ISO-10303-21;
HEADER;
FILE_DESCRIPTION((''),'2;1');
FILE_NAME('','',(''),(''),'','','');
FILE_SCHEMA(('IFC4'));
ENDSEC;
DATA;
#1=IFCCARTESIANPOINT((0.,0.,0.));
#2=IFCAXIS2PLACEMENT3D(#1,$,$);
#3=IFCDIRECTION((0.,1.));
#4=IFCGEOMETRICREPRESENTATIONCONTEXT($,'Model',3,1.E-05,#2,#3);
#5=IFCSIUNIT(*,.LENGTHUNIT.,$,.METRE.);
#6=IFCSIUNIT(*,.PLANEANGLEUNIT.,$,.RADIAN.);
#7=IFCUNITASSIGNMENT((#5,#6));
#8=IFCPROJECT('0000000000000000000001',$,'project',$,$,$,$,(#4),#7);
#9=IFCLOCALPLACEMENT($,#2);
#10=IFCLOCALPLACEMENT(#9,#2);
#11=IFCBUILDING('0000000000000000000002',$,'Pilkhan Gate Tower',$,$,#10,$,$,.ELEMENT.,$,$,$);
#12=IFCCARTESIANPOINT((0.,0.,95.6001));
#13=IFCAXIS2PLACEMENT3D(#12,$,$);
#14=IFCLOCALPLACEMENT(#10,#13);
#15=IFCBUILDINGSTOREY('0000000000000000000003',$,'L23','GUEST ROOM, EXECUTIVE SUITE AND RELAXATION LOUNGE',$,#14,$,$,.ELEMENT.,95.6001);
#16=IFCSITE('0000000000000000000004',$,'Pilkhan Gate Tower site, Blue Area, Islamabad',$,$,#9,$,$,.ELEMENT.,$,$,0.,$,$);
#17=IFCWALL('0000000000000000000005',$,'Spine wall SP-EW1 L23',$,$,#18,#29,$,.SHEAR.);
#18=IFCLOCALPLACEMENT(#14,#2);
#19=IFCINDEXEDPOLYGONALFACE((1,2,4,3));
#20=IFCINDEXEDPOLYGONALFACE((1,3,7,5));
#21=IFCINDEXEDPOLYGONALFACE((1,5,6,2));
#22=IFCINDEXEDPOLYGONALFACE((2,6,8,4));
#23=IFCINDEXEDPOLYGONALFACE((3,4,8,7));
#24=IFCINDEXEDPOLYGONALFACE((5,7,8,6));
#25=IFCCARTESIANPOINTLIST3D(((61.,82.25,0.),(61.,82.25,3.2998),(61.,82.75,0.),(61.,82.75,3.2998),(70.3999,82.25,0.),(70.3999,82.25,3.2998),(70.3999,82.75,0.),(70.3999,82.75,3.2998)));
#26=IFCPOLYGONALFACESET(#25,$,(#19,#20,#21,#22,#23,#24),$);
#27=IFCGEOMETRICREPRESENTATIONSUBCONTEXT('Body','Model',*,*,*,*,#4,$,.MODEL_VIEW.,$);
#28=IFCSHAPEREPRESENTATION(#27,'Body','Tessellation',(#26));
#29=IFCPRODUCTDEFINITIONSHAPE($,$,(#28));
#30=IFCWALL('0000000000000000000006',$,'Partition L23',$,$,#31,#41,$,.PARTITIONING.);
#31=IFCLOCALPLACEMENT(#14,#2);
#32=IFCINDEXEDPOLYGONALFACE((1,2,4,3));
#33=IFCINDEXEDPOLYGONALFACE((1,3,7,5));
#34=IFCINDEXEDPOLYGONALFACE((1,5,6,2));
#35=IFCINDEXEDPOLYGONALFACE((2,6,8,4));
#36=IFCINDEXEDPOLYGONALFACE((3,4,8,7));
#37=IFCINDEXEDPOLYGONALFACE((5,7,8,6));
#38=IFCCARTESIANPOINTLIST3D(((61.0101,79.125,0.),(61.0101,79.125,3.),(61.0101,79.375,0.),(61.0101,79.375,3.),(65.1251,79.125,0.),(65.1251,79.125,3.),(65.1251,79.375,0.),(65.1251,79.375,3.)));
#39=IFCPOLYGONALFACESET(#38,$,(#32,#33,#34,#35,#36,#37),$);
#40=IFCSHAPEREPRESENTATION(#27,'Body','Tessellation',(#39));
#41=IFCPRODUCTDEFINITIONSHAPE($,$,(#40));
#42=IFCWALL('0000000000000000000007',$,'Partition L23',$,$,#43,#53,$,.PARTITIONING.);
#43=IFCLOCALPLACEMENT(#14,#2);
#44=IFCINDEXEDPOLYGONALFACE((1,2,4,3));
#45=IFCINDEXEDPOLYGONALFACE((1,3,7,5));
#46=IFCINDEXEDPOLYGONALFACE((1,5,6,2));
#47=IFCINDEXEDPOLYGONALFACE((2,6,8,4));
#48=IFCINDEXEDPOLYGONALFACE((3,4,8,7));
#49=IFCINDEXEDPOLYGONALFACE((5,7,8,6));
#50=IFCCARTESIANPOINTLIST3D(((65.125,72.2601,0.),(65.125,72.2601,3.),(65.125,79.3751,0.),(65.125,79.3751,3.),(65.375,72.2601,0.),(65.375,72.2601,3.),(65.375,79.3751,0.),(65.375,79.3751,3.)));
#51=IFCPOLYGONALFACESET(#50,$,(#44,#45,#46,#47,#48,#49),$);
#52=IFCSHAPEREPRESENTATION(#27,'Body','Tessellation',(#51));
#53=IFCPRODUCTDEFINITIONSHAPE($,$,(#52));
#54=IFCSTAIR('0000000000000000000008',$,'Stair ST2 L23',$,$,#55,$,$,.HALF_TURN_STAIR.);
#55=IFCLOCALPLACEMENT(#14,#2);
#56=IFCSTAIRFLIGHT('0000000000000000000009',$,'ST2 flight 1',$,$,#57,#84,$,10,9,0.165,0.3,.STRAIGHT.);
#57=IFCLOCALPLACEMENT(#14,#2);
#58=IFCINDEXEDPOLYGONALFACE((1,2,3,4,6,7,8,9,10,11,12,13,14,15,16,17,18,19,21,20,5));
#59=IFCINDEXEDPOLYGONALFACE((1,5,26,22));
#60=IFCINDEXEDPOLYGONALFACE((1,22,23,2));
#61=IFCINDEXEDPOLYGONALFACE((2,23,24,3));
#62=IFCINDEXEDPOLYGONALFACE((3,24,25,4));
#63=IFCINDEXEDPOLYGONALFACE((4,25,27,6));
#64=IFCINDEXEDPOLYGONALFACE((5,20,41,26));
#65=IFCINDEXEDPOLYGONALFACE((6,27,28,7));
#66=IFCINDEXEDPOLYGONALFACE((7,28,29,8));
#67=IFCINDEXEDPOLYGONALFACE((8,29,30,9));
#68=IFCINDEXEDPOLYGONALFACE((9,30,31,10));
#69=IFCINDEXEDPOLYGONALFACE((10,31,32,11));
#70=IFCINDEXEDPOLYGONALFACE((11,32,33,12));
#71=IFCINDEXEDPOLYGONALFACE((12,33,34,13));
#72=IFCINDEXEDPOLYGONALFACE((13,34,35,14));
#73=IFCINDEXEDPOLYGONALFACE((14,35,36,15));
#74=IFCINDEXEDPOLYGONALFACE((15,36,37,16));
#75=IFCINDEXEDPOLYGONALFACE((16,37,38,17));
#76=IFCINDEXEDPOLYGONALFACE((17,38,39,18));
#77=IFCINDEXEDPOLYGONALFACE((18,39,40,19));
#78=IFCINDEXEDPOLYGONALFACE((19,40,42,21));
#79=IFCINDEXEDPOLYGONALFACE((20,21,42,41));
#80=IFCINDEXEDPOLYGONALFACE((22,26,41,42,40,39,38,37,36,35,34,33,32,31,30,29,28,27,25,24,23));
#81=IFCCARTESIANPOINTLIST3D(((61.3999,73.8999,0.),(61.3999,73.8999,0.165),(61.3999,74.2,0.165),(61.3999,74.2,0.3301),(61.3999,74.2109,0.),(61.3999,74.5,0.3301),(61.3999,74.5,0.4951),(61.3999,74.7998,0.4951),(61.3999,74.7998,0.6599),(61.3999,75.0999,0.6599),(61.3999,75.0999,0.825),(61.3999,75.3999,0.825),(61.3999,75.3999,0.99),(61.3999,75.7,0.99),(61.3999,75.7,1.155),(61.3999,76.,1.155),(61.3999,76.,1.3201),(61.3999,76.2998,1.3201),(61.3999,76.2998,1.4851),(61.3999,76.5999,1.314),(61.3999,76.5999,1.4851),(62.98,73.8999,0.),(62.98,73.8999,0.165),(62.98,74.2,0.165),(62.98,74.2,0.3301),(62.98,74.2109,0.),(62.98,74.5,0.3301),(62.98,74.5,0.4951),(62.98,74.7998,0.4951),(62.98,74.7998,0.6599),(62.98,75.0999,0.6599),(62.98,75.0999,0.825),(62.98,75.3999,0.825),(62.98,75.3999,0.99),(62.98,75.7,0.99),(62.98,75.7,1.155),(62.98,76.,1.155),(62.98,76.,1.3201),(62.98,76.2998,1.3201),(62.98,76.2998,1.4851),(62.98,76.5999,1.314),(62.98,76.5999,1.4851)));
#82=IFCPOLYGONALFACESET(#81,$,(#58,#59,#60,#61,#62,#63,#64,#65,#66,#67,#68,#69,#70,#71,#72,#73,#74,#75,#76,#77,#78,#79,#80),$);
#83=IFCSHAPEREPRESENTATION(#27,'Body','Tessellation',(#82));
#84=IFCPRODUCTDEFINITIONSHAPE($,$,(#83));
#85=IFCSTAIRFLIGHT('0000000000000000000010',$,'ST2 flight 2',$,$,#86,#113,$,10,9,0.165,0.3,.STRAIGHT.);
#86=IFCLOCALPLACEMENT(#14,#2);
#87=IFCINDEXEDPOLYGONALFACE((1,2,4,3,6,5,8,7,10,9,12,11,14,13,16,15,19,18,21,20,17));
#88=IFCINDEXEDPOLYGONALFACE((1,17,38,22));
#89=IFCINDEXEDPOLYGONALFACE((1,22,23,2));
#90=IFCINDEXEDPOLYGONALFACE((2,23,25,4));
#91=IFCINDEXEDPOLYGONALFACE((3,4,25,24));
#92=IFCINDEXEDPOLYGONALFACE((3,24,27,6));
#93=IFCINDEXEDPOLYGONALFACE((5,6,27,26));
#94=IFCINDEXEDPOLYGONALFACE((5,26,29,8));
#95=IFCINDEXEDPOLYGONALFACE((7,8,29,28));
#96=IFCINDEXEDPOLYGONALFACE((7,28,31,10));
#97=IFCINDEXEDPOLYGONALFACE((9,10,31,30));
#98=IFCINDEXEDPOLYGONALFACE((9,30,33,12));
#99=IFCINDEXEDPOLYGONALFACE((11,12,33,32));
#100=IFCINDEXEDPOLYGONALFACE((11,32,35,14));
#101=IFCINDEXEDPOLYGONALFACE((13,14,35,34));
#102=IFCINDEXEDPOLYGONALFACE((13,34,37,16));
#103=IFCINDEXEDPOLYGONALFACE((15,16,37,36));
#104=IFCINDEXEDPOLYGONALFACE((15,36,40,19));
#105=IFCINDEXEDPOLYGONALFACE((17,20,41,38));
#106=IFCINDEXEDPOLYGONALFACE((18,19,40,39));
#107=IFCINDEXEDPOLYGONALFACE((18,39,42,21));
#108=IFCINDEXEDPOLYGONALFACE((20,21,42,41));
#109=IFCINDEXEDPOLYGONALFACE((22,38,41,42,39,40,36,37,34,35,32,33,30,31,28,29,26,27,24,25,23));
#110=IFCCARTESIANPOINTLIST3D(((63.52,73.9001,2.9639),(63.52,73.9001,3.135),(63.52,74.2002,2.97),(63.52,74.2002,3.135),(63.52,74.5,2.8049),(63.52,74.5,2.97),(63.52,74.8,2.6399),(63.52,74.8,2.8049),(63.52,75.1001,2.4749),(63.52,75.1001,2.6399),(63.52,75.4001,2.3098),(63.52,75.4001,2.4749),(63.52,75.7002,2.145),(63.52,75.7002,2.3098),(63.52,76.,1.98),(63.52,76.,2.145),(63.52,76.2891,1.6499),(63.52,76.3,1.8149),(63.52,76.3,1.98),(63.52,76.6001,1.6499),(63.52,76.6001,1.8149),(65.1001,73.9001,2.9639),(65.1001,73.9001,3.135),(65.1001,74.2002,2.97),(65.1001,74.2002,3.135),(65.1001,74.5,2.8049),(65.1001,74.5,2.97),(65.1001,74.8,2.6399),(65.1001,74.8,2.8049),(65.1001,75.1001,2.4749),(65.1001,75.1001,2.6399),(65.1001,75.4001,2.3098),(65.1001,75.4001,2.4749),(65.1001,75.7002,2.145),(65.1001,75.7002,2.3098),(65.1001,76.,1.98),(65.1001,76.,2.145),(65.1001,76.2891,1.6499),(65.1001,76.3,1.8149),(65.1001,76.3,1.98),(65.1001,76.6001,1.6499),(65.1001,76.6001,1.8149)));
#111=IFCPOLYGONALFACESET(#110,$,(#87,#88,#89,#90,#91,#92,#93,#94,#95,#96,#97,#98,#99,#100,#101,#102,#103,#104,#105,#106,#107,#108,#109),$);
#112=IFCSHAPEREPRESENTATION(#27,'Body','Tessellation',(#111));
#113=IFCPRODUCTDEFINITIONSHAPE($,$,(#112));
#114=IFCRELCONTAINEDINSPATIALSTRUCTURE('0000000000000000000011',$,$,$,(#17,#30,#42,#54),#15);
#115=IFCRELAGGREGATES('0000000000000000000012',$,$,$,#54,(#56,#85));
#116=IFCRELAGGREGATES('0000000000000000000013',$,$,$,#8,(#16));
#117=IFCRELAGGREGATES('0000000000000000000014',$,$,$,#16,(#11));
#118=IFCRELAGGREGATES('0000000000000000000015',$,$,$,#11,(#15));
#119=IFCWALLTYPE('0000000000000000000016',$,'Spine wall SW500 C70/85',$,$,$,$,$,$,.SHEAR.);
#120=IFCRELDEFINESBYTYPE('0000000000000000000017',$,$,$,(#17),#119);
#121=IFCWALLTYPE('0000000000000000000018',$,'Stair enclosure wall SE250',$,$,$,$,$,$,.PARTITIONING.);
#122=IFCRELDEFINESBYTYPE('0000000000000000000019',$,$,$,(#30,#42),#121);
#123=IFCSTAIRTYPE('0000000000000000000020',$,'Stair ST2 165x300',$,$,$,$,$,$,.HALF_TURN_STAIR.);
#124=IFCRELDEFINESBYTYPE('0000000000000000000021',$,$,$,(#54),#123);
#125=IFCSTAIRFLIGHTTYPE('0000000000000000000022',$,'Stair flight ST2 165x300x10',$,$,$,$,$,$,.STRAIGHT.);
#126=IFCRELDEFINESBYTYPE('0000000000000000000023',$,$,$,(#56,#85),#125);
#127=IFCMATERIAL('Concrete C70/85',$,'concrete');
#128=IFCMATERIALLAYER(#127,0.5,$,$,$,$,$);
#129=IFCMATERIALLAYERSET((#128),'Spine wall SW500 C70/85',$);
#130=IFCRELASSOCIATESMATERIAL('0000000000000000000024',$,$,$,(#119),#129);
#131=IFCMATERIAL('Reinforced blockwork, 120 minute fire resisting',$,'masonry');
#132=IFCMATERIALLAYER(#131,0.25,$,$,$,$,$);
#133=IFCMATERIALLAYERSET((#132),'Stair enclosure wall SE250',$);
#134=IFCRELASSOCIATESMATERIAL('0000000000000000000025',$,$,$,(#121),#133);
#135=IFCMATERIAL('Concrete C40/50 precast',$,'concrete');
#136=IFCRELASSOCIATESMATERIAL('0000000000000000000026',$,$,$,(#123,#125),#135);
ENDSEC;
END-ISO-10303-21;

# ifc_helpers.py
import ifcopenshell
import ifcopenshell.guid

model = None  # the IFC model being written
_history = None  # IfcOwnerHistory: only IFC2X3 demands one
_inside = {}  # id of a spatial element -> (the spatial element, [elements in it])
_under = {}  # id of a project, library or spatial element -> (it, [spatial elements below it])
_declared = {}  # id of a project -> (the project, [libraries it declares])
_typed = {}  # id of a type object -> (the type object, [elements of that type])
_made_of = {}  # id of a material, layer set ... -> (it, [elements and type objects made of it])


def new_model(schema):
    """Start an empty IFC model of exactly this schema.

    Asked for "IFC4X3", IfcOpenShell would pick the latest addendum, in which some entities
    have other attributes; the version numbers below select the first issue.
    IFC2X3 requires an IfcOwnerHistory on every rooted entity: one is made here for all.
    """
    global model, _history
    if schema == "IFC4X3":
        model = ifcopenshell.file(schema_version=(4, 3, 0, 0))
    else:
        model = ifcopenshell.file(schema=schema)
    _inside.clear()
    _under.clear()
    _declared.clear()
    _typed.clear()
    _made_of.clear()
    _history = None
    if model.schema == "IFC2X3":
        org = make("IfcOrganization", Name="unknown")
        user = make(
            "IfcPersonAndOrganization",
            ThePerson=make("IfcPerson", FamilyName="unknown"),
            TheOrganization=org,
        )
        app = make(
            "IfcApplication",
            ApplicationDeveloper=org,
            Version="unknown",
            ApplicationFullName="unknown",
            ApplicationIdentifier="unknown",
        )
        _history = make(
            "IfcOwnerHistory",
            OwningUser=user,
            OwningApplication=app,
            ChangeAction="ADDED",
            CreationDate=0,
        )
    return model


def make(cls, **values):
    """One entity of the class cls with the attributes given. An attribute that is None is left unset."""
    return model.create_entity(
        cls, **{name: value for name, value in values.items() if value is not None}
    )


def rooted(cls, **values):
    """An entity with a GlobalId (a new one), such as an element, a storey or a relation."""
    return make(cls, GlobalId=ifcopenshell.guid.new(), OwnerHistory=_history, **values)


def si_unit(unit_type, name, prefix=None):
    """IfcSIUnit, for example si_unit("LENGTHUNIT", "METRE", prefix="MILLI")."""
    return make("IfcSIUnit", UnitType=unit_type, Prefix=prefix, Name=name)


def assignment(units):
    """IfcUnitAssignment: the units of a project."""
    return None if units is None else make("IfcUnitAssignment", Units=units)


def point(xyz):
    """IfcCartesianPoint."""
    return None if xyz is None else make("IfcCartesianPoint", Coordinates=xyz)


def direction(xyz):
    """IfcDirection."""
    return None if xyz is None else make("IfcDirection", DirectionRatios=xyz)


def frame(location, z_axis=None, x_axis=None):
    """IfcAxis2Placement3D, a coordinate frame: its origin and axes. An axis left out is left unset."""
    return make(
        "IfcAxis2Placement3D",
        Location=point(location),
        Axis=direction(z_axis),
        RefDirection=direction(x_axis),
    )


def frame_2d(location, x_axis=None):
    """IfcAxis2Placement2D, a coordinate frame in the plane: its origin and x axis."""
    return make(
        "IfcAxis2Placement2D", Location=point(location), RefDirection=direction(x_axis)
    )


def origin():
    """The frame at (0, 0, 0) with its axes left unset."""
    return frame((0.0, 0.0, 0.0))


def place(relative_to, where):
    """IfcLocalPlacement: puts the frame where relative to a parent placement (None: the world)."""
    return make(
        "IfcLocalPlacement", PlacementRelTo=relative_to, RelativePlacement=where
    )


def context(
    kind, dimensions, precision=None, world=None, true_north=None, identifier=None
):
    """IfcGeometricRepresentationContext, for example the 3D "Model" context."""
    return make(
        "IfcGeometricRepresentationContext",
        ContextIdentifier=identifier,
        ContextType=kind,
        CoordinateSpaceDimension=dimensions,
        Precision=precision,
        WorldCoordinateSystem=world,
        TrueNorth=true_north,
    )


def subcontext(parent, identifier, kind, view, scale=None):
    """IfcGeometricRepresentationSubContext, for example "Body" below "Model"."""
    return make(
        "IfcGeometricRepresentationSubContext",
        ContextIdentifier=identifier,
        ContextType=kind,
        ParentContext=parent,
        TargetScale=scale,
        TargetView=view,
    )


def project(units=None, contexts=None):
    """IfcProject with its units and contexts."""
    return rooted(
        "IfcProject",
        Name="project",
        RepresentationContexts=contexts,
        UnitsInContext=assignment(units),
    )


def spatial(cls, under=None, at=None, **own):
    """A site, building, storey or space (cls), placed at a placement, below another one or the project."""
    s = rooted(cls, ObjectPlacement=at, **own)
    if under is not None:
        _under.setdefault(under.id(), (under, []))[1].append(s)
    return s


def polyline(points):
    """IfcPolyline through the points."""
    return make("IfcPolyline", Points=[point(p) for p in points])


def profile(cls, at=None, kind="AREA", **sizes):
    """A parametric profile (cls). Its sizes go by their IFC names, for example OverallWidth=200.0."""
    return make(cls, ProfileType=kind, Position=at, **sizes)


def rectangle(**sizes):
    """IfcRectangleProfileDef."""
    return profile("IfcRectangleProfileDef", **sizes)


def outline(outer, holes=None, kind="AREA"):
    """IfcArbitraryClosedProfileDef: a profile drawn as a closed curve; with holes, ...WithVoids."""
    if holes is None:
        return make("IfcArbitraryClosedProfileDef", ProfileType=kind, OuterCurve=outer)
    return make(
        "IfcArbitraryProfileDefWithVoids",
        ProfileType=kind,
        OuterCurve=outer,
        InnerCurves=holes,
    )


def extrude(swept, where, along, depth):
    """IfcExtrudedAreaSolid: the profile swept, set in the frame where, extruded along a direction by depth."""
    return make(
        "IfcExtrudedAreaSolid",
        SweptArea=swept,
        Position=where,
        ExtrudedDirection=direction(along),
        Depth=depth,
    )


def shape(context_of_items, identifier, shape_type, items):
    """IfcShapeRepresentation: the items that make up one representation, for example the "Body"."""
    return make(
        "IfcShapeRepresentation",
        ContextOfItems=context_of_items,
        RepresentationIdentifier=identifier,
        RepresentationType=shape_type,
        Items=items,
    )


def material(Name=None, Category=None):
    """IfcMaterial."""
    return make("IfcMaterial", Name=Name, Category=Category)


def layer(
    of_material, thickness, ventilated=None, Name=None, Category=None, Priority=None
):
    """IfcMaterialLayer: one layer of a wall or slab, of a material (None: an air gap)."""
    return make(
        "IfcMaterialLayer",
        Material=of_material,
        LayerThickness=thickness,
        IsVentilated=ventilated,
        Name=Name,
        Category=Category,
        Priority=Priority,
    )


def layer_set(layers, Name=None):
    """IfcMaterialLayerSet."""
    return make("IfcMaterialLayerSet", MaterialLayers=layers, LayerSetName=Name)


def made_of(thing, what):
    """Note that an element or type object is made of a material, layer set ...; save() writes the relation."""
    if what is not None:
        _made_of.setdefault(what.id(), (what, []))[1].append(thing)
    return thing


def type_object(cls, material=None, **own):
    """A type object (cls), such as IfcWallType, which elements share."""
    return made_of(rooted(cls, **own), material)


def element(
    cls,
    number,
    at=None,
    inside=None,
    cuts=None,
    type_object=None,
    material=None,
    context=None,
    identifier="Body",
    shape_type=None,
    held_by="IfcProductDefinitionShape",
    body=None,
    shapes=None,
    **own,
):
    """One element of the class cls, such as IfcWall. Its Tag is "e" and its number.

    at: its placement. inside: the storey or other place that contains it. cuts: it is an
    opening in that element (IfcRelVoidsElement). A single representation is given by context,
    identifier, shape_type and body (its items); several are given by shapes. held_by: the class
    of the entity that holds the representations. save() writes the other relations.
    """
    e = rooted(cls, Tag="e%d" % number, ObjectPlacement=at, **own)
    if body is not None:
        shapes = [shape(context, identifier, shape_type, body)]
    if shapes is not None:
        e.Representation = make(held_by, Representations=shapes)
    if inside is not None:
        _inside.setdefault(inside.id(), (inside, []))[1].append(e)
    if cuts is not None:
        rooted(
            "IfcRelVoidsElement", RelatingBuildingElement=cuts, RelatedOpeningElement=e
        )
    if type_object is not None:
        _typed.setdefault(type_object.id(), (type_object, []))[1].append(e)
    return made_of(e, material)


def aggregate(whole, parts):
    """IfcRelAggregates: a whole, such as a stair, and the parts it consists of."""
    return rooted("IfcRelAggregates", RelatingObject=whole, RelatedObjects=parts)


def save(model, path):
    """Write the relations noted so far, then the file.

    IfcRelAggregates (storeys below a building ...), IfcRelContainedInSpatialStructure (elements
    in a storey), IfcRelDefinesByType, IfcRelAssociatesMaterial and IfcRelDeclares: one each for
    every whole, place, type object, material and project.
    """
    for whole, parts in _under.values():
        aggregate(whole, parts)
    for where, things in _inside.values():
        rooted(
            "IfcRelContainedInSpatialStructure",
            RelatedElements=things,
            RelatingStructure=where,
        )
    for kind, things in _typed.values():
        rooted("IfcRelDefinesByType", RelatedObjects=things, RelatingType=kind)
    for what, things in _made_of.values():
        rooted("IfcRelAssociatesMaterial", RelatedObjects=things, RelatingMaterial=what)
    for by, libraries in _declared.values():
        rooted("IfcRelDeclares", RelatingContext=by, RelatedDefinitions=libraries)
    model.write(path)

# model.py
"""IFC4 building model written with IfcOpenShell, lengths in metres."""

from ifc_helpers import new_model, si_unit, direction, frame, frame_2d, origin, place, context, subcontext, project, spatial, polyline, rectangle, outline, extrude, material, layer, layer_set, type_object, element, aggregate, save


model = new_model("IFC4")

# Units and contexts
model_context = context("Model", 3, precision=1e-05, world=origin(), true_north=direction((0.0, 1.0)))
body_context = subcontext(model_context, "Body", "Model", "MODEL_VIEW")
ifc_project = project(units=[si_unit("LENGTHUNIT", "METRE"), si_unit("PLANEANGLEUNIT", "RADIAN")], contexts=[model_context])

# Site, building, storey
site_placement = place(None, origin())
site = spatial("IfcSite", under=ifc_project, at=site_placement, Name="Pilkhan Gate Tower site, Blue Area, Islamabad", CompositionType="ELEMENT", RefElevation=0.0)
building_placement = place(site_placement, origin())
building = spatial("IfcBuilding", under=site, at=building_placement, Name="Pilkhan Gate Tower", CompositionType="ELEMENT")
storey_placement = place(building_placement, frame((0.0, 0.0, 95.6001)))
storey = spatial("IfcBuildingStorey", under=building, at=storey_placement, Name="L23", Description="GUEST ROOM, EXECUTIVE SUITE AND RELAXATION LOUNGE", CompositionType="ELEMENT", Elevation=95.6001)

# Shared definitions
ifc_material_1 = material(Name="Concrete C70/85", Category="concrete")

# Walls
ifc_layer_1 = layer(ifc_material_1, 0.5)
ifc_layer_set_1 = layer_set([ifc_layer_1], Name="Spine wall SW500 C70/85")
wall_type_1 = type_object("IfcWallType", Name="Spine wall SW500 C70/85", PredefinedType="SHEAR", material=ifc_layer_set_1)
wall_1_placement = place(storey_placement, frame((61.0, 82.5, 0.0), z_axis=(0.0, 0.0, 1.0), x_axis=(1.0, 0.0, 0.0)))
element("IfcWall", 1, at=wall_1_placement, inside=storey, type_object=wall_type_1, Name="Spine wall SP-EW1 L23", PredefinedType="SHEAR", context=body_context, shape_type="SweptSolid", body=[
    extrude(rectangle(XDim=9.3999, YDim=0.5, at=frame_2d((4.7, 0.0))), origin(), (0.0, 0.0, 1.0), 3.2998),
])
ifc_material_2 = material(Name="Reinforced blockwork, 120 minute fire resisting", Category="masonry")
ifc_layer_2 = layer(ifc_material_2, 0.25)
ifc_layer_set_2 = layer_set([ifc_layer_2], Name="Stair enclosure wall SE250")
wall_type_2 = type_object("IfcWallType", Name="Stair enclosure wall SE250", PredefinedType="PARTITIONING", material=ifc_layer_set_2)
wall_2_placement = place(storey_placement, frame((61.01, 79.25, 0.0), z_axis=(0.0, 0.0, 1.0), x_axis=(1.0, 0.0, 0.0)))
element("IfcWall", 2, at=wall_2_placement, inside=storey, type_object=wall_type_2, Name="Partition L23", PredefinedType="PARTITIONING", context=body_context, shape_type="SweptSolid", body=[
    extrude(rectangle(XDim=4.115, YDim=0.25, at=frame_2d((2.0576, 0.0))), origin(), (0.0, 0.0, 1.0), 3.0),
])
wall_3_placement = place(storey_placement, frame((65.25, 72.26, 0.0), z_axis=(0.0, 0.0, 1.0), x_axis=(0.0, 1.0, 0.0)))
element("IfcWall", 3, at=wall_3_placement, inside=storey, type_object=wall_type_2, Name="Partition L23", PredefinedType="PARTITIONING", context=body_context, shape_type="SweptSolid", body=[
    extrude(rectangle(XDim=7.115, YDim=0.25, at=frame_2d((3.5576, 0.0))), origin(), (0.0, 0.0, 1.0), 3.0),
])

# Stair, stair flights
ifc_material_3 = material(Name="Concrete C40/50 precast", Category="concrete")
stair_type = type_object("IfcStairType", Name="Stair ST2 165x300", PredefinedType="HALF_TURN_STAIR", material=ifc_material_3)
stair_placement = place(storey_placement, origin())
stair = element("IfcStair", 4, at=stair_placement, inside=storey, type_object=stair_type, Name="Stair ST2 L23", PredefinedType="HALF_TURN_STAIR")
stair_flight_type = type_object("IfcStairFlightType", Name="Stair flight ST2 165x300x10", PredefinedType="STRAIGHT", material=ifc_material_3)
stair_flight_1_placement = place(storey_placement, frame((62.1899, 73.8999, 0.0), z_axis=(0.0, 0.0, 1.0), x_axis=(0.0, 1.0, 0.0)))
stair_flight_1 = element("IfcStairFlight", 5, at=stair_flight_1_placement, type_object=stair_flight_type, Name="ST2 flight 1", NumberOfRisers=10, NumberOfTreads=9, PredefinedType="STRAIGHT", RiserHeight=0.165, TreadLength=0.3, context=body_context, shape_type="SweptSolid", body=[
    extrude(outline(polyline([(0.0, 0.0), (0.0, 0.165), (0.3, 0.165), (0.3, 0.3301), (0.6001, 0.3301), (0.6001, 0.4951), (0.8999, 0.4951), (0.8999, 0.6599), (1.2, 0.6599), (1.2, 0.825), (1.5, 0.825), (1.5, 0.99), (1.8, 0.99), (1.8, 1.155), (2.1001, 1.155), (2.1001, 1.3201), (2.3999, 1.3201), (2.3999, 1.4851), (2.7, 1.4851), (2.7, 1.6499), (2.7, 1.314), (0.311, 0.0), (0.0, 0.0)])), frame((0.0, 0.79, 0.0), z_axis=(0.0, -1.0, 0.0), x_axis=(1.0, 0.0, 0.0)), (0.0, 0.0, 1.0), 1.5801),
])
stair_flight_2_placement = place(storey_placement, frame((64.3101, 76.6001, 1.6499), z_axis=(0.0, 0.0, 1.0), x_axis=(0.0, -1.0, 0.0)))
stair_flight_2 = element("IfcStairFlight", 6, at=stair_flight_2_placement, type_object=stair_flight_type, Name="ST2 flight 2", NumberOfRisers=10, NumberOfTreads=9, PredefinedType="STRAIGHT", RiserHeight=0.165, TreadLength=0.3, context=body_context, shape_type="SweptSolid", body=[
    extrude(outline(polyline([(0.0, 0.0), (0.0, 0.165), (0.3, 0.165), (0.3, 0.3301), (0.6001, 0.3301), (0.6001, 0.4951), (0.8999, 0.4951), (0.8999, 0.6599), (1.2, 0.6599), (1.2, 0.825), (1.5, 0.825), (1.5, 0.99), (1.8, 0.99), (1.8, 1.155), (2.1001, 1.155), (2.1001, 1.3201), (2.3999, 1.3201), (2.3999, 1.4851), (2.7, 1.4851), (2.7, 1.6499), (2.7, 1.314), (0.311, 0.0), (0.0, 0.0)])), frame((0.0, 0.79, 0.0), z_axis=(0.0, -1.0, 0.0), x_axis=(1.0, 0.0, 0.0)), (0.0, 0.0, 1.0), 1.5801),
])
aggregate(stair, [stair_flight_1, stair_flight_2])

save(model, "model.ifc")
